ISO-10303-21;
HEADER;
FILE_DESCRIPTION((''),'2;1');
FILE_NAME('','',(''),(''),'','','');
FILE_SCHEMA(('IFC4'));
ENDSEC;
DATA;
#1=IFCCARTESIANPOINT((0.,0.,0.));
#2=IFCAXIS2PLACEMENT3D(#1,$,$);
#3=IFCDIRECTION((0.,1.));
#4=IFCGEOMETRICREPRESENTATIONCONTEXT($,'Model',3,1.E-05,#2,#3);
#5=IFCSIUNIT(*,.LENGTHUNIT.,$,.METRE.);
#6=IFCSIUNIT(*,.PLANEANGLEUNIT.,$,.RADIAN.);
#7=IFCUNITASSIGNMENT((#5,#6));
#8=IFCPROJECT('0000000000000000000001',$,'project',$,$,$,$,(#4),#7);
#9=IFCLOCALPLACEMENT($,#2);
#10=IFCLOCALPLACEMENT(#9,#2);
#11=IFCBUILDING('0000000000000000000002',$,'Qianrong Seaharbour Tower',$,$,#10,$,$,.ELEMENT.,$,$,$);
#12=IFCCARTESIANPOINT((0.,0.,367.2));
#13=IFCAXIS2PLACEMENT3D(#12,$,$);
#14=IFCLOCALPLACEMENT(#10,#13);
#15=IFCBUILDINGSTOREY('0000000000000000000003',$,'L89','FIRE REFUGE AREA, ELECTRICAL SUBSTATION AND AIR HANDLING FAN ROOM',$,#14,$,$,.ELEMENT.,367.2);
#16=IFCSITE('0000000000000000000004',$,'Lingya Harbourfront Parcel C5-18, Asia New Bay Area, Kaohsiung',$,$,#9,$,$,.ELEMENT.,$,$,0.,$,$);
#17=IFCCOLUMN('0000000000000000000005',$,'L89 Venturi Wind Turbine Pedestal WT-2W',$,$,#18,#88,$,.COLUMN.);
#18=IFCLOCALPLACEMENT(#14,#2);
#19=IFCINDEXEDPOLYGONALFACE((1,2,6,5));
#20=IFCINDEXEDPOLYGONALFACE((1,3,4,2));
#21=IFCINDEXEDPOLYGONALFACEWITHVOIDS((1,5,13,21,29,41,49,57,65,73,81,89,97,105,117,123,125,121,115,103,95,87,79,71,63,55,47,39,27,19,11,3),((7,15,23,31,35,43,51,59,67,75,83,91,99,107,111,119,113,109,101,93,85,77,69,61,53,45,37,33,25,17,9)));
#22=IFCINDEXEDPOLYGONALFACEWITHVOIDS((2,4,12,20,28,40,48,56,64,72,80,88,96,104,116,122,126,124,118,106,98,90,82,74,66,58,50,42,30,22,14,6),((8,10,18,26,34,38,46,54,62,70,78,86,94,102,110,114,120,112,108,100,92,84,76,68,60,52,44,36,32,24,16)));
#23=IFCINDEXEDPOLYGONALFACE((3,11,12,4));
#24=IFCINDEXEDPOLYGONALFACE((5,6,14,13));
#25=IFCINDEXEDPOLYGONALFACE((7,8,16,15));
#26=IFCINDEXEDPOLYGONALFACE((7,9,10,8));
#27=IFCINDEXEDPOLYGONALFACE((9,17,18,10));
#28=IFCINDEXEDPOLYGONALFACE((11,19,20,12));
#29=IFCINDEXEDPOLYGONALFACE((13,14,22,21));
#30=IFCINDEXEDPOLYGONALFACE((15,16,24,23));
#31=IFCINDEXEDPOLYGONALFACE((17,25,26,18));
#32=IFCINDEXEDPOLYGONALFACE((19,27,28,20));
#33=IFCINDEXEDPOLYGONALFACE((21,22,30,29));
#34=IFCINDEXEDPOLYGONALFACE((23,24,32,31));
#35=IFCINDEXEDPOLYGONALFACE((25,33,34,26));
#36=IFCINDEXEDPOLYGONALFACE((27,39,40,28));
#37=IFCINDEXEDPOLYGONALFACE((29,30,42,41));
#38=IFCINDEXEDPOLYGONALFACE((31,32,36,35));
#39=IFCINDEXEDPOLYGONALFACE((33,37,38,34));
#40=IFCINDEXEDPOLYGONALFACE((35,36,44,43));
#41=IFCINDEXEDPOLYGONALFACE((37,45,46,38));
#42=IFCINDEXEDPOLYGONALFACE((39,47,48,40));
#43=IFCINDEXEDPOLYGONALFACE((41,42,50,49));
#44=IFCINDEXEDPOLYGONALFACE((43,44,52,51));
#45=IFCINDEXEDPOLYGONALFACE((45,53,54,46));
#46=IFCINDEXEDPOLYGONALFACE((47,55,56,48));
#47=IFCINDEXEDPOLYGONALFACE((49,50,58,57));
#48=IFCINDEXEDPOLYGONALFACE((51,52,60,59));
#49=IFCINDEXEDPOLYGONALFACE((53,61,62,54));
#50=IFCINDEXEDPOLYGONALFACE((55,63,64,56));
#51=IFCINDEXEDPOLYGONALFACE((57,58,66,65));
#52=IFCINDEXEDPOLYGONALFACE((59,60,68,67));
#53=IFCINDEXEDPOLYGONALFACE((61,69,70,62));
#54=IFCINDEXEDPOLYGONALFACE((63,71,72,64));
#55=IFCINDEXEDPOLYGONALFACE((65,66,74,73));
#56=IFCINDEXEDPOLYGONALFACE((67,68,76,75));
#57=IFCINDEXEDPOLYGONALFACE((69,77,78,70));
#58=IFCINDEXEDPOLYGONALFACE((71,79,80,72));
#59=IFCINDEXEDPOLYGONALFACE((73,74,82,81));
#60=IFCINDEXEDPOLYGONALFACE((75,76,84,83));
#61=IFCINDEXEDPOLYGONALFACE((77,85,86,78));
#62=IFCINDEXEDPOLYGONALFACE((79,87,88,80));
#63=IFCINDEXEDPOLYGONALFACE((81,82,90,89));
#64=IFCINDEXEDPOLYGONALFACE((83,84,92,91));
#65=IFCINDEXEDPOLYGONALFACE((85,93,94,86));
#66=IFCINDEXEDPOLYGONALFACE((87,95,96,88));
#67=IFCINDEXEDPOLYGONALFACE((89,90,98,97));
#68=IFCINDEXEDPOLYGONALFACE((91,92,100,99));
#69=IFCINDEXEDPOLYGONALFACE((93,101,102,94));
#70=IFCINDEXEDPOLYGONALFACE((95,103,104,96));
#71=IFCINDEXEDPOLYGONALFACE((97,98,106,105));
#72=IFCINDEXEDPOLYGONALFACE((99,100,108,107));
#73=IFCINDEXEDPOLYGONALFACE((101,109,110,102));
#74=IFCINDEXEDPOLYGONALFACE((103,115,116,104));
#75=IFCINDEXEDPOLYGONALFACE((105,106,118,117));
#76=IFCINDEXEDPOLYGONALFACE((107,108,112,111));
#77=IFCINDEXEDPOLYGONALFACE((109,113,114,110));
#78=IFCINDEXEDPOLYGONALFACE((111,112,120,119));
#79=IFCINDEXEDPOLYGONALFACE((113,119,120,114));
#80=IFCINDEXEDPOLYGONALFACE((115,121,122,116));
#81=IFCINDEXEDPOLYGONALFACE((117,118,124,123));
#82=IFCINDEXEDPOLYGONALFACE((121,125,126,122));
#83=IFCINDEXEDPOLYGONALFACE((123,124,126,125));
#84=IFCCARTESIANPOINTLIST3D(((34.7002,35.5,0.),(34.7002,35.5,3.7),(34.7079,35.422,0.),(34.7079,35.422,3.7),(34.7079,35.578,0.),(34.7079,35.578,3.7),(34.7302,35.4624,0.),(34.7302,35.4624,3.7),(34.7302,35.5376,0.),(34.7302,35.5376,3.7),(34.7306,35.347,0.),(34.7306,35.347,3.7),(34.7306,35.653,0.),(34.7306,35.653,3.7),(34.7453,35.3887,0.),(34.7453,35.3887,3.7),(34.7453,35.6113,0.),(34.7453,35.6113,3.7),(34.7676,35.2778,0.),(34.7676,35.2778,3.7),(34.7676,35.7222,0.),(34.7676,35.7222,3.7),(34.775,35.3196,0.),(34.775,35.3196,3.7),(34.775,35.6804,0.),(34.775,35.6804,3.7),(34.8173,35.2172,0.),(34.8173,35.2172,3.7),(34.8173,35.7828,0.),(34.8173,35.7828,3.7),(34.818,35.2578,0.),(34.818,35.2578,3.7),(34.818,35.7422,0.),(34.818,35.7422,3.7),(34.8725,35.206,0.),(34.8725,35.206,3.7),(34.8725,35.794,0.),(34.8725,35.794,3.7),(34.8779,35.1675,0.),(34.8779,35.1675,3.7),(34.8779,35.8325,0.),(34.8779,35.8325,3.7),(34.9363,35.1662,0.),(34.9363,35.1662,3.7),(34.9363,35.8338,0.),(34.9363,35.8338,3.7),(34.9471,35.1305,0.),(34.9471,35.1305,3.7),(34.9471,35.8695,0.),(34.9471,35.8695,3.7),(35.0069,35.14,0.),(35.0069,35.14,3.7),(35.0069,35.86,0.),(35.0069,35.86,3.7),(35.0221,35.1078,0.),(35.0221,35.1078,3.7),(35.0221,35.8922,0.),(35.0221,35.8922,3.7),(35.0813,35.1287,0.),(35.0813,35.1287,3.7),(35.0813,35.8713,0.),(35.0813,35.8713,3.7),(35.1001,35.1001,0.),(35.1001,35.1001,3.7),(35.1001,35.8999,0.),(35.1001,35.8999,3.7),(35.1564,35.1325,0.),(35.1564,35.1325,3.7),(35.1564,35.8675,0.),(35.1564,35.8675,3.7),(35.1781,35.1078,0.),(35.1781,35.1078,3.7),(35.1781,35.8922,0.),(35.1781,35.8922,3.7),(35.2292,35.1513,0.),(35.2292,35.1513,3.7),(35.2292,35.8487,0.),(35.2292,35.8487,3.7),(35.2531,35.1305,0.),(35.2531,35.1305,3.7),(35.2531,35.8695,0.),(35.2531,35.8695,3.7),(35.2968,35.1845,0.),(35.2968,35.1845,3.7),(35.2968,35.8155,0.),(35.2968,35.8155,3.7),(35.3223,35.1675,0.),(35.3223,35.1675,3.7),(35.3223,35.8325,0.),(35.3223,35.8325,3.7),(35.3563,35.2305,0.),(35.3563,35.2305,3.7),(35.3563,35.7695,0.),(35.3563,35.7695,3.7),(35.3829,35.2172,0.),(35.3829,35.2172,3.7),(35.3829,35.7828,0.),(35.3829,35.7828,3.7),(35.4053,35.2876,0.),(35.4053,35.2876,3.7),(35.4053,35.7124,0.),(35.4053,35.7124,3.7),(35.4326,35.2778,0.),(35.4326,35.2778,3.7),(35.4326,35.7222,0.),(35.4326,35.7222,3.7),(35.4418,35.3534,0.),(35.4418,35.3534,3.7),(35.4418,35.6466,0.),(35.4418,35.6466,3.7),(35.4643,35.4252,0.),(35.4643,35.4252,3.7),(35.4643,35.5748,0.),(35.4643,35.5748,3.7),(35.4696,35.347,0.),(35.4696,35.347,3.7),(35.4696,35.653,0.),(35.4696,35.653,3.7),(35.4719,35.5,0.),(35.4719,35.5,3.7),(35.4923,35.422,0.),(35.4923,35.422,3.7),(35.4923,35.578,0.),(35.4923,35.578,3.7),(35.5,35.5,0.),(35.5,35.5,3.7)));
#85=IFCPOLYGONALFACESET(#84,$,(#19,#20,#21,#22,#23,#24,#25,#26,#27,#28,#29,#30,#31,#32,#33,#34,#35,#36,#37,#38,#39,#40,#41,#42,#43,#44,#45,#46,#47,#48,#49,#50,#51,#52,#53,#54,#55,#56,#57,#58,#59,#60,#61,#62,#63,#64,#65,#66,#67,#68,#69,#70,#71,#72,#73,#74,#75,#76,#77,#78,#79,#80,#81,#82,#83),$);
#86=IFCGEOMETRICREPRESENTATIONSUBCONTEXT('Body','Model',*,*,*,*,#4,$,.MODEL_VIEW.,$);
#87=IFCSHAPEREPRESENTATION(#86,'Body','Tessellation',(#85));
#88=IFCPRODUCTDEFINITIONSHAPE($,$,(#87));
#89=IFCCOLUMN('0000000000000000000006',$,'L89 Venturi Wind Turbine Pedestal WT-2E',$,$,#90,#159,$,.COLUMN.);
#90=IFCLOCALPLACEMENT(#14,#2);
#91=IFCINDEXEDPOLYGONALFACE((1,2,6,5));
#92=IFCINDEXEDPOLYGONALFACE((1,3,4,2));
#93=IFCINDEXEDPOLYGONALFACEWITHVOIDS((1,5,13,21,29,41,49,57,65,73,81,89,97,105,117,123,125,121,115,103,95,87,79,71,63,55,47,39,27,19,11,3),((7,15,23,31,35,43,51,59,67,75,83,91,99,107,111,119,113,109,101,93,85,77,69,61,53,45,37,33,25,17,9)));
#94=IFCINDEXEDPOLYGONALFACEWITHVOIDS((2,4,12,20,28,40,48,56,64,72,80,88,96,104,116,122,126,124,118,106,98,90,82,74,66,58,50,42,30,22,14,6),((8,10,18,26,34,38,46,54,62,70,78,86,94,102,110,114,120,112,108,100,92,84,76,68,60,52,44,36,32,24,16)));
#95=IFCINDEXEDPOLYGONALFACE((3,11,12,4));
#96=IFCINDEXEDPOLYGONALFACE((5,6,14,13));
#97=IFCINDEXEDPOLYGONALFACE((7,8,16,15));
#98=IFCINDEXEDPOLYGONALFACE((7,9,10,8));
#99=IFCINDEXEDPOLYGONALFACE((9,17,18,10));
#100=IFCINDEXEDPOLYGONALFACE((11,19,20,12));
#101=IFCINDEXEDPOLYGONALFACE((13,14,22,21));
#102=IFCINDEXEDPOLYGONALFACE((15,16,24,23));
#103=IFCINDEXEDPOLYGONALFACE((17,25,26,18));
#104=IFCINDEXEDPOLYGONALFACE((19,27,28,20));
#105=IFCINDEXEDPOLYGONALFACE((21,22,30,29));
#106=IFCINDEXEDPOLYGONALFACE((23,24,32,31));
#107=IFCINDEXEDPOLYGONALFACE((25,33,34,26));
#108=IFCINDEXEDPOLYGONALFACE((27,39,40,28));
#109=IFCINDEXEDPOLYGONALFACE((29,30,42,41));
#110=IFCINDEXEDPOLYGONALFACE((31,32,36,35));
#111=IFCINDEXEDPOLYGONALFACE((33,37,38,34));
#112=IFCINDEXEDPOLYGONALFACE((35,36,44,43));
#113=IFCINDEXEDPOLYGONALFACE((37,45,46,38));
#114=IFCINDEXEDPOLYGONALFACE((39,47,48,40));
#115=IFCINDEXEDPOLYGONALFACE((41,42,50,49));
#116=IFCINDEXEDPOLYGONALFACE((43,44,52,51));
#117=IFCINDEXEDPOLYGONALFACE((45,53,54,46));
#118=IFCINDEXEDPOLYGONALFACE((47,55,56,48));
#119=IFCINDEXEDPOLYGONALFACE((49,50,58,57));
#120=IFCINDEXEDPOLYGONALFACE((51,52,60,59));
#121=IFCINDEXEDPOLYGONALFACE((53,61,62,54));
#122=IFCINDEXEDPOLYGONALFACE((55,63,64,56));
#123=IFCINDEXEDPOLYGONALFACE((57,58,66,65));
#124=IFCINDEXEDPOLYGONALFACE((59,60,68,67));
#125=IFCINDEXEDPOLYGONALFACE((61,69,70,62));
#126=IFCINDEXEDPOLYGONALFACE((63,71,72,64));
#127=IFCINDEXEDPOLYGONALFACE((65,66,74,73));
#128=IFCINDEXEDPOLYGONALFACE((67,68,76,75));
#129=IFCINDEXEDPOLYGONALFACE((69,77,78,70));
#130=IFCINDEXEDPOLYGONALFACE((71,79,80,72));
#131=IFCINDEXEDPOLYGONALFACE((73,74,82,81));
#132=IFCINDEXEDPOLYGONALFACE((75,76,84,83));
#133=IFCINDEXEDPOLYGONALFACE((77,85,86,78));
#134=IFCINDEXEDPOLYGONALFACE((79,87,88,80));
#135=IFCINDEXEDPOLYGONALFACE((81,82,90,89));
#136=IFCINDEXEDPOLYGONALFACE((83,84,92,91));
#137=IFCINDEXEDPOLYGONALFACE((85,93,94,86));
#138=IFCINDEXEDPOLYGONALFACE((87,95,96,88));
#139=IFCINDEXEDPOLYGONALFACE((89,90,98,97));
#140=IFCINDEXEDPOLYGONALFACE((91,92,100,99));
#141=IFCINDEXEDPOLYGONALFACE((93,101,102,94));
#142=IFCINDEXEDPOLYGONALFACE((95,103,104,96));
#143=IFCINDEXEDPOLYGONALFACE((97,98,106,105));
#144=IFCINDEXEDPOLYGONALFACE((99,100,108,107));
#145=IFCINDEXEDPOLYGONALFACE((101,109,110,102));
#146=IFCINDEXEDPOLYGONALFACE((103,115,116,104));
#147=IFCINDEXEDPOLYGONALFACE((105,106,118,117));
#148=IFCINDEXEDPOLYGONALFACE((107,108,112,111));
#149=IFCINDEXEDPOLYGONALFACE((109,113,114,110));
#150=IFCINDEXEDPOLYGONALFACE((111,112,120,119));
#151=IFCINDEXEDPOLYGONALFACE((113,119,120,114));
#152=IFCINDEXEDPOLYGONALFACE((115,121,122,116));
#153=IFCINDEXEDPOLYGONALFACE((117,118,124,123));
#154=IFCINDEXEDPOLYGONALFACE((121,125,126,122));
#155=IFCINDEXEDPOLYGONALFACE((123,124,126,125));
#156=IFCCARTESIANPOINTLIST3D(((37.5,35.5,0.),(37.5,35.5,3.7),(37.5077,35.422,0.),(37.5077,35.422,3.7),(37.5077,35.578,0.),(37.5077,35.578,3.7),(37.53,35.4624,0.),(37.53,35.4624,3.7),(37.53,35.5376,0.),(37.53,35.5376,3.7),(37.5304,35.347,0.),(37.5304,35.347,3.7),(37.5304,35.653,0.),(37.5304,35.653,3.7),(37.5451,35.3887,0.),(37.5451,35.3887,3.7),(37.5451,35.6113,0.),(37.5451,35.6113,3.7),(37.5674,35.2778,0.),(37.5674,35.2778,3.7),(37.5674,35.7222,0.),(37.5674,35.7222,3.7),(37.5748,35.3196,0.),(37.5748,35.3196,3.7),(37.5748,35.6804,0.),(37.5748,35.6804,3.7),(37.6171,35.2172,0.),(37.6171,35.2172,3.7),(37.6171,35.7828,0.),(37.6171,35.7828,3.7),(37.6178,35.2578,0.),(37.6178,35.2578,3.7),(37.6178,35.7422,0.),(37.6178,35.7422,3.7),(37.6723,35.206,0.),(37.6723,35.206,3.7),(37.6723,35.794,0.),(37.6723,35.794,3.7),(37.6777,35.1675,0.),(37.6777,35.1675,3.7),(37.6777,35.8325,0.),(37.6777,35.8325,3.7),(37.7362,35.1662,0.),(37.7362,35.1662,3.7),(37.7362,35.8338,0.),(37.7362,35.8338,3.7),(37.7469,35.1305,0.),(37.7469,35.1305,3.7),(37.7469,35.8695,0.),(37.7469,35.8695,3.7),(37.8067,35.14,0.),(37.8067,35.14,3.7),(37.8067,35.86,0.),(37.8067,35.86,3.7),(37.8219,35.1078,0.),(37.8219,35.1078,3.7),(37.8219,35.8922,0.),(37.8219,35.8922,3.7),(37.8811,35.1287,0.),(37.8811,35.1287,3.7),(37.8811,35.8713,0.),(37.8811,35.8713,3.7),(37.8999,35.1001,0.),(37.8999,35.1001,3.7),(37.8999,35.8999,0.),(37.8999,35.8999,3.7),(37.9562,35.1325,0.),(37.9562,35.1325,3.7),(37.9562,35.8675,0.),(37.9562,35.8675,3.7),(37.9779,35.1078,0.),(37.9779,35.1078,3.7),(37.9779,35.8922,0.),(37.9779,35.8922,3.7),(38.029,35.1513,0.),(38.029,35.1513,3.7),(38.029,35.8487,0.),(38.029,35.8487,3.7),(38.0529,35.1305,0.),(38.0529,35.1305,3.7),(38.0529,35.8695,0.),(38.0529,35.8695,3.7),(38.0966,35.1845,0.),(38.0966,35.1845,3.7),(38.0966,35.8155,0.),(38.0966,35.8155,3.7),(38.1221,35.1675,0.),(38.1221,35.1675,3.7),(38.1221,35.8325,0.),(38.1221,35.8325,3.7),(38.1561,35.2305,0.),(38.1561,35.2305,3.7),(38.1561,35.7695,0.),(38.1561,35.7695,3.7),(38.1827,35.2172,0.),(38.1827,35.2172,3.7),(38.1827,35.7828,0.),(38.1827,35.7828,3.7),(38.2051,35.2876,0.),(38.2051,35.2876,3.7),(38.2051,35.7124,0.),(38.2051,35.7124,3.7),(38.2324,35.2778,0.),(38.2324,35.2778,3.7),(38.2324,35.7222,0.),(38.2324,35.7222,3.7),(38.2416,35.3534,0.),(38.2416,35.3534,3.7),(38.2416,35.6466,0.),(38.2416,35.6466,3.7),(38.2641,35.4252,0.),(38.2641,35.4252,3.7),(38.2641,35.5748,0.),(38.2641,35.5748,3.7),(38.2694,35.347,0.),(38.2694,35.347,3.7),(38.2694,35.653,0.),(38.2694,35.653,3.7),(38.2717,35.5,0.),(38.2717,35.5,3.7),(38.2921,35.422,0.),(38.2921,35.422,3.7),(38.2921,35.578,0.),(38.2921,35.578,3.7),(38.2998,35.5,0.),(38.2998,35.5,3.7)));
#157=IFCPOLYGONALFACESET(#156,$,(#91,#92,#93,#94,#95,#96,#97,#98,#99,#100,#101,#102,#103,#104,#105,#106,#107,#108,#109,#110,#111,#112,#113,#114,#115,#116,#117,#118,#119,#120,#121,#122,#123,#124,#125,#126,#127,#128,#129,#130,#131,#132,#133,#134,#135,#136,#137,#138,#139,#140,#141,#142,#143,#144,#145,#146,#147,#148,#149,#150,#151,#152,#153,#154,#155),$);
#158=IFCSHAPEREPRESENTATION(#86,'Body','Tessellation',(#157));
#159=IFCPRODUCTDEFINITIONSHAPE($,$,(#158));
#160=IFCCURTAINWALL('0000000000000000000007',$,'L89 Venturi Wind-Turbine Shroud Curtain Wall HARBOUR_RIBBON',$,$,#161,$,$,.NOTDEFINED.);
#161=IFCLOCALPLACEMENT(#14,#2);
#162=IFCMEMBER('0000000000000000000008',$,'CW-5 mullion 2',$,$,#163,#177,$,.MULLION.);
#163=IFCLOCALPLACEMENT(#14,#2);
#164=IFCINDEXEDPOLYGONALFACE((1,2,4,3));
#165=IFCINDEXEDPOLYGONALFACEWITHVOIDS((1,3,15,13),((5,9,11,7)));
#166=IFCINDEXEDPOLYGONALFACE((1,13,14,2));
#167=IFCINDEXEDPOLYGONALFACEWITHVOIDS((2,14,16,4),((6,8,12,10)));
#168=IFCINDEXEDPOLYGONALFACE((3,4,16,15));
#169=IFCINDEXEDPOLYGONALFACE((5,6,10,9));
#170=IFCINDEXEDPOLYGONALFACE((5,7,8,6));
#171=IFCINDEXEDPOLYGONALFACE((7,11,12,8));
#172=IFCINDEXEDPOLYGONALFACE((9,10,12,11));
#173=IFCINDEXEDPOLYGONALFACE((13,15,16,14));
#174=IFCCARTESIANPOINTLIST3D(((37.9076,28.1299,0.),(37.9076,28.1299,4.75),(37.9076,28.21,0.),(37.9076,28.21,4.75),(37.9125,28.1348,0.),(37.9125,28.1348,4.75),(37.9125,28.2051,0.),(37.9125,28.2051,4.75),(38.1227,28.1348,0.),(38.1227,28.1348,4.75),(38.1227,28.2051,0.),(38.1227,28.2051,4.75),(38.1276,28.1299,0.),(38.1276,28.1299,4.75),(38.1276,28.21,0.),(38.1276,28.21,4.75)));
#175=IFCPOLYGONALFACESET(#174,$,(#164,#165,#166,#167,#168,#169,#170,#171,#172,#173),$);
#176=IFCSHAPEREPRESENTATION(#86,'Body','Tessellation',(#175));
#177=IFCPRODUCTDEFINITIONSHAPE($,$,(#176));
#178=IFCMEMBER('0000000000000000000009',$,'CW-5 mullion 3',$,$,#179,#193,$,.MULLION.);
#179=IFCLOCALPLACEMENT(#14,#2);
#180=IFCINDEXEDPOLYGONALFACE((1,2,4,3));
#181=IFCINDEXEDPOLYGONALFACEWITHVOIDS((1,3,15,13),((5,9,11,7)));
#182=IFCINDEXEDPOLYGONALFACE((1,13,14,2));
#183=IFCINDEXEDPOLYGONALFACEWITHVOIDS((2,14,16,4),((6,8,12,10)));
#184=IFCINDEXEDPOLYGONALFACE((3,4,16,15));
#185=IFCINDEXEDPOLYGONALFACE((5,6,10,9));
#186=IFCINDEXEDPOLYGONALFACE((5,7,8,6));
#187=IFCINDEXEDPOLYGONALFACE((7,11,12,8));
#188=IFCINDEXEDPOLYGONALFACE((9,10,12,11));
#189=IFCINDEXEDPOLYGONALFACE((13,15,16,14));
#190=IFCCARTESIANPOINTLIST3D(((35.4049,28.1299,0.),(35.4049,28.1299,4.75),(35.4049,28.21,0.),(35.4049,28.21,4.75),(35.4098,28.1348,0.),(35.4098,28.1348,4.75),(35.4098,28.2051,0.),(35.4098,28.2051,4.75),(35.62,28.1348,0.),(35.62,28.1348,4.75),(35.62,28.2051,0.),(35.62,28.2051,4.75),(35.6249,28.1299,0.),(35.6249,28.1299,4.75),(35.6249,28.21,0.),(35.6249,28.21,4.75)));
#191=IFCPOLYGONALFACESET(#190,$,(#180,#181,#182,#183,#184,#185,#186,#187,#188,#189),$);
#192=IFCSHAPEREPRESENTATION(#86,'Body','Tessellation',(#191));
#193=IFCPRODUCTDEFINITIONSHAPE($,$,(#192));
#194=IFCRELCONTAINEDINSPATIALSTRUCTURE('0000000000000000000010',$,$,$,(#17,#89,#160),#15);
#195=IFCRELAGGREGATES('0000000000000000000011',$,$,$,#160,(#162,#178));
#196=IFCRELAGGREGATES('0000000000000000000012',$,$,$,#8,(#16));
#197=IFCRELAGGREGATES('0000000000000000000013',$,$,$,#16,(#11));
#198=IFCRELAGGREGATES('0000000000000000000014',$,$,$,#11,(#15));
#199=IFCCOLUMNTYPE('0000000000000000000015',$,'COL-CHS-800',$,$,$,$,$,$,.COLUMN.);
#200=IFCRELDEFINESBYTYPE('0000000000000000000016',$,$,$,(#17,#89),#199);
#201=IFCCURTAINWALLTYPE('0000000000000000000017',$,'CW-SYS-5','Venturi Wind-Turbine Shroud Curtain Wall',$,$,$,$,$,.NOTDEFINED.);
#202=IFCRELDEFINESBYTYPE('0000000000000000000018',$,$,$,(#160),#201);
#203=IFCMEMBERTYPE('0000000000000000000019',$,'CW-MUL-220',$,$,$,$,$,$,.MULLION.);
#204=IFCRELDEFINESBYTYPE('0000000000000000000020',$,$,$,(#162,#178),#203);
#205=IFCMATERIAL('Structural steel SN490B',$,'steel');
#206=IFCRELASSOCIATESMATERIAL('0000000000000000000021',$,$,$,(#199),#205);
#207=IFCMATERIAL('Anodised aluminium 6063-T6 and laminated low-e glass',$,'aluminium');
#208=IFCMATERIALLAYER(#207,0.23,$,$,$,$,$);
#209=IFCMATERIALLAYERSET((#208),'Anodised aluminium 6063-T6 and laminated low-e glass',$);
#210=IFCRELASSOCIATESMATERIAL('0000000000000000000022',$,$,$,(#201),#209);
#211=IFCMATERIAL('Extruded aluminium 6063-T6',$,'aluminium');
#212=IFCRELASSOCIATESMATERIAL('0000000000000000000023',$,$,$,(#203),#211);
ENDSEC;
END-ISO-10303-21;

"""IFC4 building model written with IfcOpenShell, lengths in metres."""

from ifc_helpers import new_model, si_unit, direction, frame, origin, origin_2d, place, context, subcontext, project, spatial, hollow_rectangle, hollow_circle, extrude, material, layer, layer_set, material_profile, profile_set, type_object, element, aggregate, save


model = new_model("IFC4")

# Units and contexts
model_context = context("Model", 3, precision=1e-05, world=origin(), true_north=direction((0.0, 1.0)))
body_context = subcontext(model_context, "Body", "Model", "MODEL_VIEW")
ifc_project = project(units=[si_unit("LENGTHUNIT", "METRE"), si_unit("PLANEANGLEUNIT", "RADIAN")], contexts=[model_context])

# Site, building, storey
site_placement = place(None, origin())
site = spatial("IfcSite", under=ifc_project, at=site_placement, Name="Lingya Harbourfront Parcel C5-18, Asia New Bay Area, Kaohsiung", CompositionType="ELEMENT", RefElevation=0.0)
building_placement = place(site_placement, origin())
building = spatial("IfcBuilding", under=site, at=building_placement, Name="Qianrong Seaharbour Tower", CompositionType="ELEMENT")
storey_placement = place(building_placement, frame((0.0, 0.0, 367.2)))
storey = spatial("IfcBuildingStorey", under=building, at=storey_placement, Name="L89", Description="FIRE REFUGE AREA, ELECTRICAL SUBSTATION AND AIR HANDLING FAN ROOM", CompositionType="ELEMENT", Elevation=367.2)

# Columns
ifc_material_1 = material(Name="Structural steel SN490B", Category="steel")
ifc_material_profile_1 = material_profile(ifc_material_1, hollow_circle(Radius=0.3999, WallThickness=0.0281, at=origin_2d()), Name="CHS800x28")
ifc_profile_set_1 = profile_set([ifc_material_profile_1], Name="Structural steel SN490B")
column_type = type_object("IfcColumnType", Name="COL-CHS-800", PredefinedType="COLUMN", material=ifc_profile_set_1)
for number, where, z_axis, x_axis, name in (
    (1, (35.1001, 35.5, 0.0), (0.0, 0.0, 1.0), (1.0, 0.0, 0.0), "L89 Venturi Wind Turbine Pedestal WT-2W"),
    (2, (37.8999, 35.5, 0.0), (0.0, 0.0, 1.0), (1.0, 0.0, 0.0), "L89 Venturi Wind Turbine Pedestal WT-2E"),
):
    element("IfcColumn", number, at=place(storey_placement, frame(where, z_axis=z_axis, x_axis=x_axis)), inside=storey, type_object=column_type, Name=name, PredefinedType="COLUMN", context=body_context, shape_type="SweptSolid", body=[
        extrude(hollow_circle(Radius=0.3999, WallThickness=0.0281, at=origin_2d()), origin(), (0.0, 0.0, 1.0), 3.7),
    ])

# Curtain wall, members
ifc_material_2 = material(Name="Anodised aluminium 6063-T6 and laminated low-e glass", Category="aluminium")
ifc_layer_1 = layer(ifc_material_2, 0.23)
ifc_layer_set_1 = layer_set([ifc_layer_1], Name="Anodised aluminium 6063-T6 and laminated low-e glass")
curtain_wall_type = type_object("IfcCurtainWallType", Name="CW-SYS-5", Description="Venturi Wind-Turbine Shroud Curtain Wall", PredefinedType="NOTDEFINED", material=ifc_layer_set_1)
curtain_wall_placement = place(storey_placement, origin())
curtain_wall = element("IfcCurtainWall", 3, at=curtain_wall_placement, inside=storey, type_object=curtain_wall_type, Name="L89 Venturi Wind-Turbine Shroud Curtain Wall HARBOUR_RIBBON", PredefinedType="NOTDEFINED")
ifc_material_3 = material(Name="Extruded aluminium 6063-T6", Category="aluminium")
ifc_material_profile_2 = material_profile(ifc_material_3, hollow_rectangle(XDim=0.0801, YDim=0.22, WallThickness=0.0049, at=origin_2d()), Name="ALU-MUL-220x80x5")
ifc_profile_set_2 = profile_set([ifc_material_profile_2], Name="Extruded aluminium 6063-T6")
member_type_1 = type_object("IfcMemberType", Name="CW-MUL-220", PredefinedType="MULLION", material=ifc_profile_set_2)
member_1_placement = place(storey_placement, frame((38.0176, 28.1699, 0.0), z_axis=(0.0, 0.0, 1.0), x_axis=(0.0, -1.0, 0.0)))
member_1 = element("IfcMember", 4, at=member_1_placement, type_object=member_type_1, Name="CW-5 mullion 2", PredefinedType="MULLION", context=body_context, shape_type="SweptSolid", body=[
    extrude(hollow_rectangle(XDim=0.0801, YDim=0.22, WallThickness=0.0049, at=origin_2d()), origin(), (0.0, 0.0, 1.0), 4.75),
])
member_2_placement = place(storey_placement, frame((35.5149, 28.1699, 0.0), z_axis=(0.0, 0.0, 1.0), x_axis=(0.0, -1.0, 0.0)))
member_2 = element("IfcMember", 5, at=member_2_placement, type_object=member_type_1, Name="CW-5 mullion 3", PredefinedType="MULLION", context=body_context, shape_type="SweptSolid", body=[
    extrude(hollow_rectangle(XDim=0.0801, YDim=0.22, WallThickness=0.0049, at=origin_2d()), origin(), (0.0, 0.0, 1.0), 4.75),
])

aggregate(curtain_wall, [member_1, member_2])

save(model, "model.ifc")
